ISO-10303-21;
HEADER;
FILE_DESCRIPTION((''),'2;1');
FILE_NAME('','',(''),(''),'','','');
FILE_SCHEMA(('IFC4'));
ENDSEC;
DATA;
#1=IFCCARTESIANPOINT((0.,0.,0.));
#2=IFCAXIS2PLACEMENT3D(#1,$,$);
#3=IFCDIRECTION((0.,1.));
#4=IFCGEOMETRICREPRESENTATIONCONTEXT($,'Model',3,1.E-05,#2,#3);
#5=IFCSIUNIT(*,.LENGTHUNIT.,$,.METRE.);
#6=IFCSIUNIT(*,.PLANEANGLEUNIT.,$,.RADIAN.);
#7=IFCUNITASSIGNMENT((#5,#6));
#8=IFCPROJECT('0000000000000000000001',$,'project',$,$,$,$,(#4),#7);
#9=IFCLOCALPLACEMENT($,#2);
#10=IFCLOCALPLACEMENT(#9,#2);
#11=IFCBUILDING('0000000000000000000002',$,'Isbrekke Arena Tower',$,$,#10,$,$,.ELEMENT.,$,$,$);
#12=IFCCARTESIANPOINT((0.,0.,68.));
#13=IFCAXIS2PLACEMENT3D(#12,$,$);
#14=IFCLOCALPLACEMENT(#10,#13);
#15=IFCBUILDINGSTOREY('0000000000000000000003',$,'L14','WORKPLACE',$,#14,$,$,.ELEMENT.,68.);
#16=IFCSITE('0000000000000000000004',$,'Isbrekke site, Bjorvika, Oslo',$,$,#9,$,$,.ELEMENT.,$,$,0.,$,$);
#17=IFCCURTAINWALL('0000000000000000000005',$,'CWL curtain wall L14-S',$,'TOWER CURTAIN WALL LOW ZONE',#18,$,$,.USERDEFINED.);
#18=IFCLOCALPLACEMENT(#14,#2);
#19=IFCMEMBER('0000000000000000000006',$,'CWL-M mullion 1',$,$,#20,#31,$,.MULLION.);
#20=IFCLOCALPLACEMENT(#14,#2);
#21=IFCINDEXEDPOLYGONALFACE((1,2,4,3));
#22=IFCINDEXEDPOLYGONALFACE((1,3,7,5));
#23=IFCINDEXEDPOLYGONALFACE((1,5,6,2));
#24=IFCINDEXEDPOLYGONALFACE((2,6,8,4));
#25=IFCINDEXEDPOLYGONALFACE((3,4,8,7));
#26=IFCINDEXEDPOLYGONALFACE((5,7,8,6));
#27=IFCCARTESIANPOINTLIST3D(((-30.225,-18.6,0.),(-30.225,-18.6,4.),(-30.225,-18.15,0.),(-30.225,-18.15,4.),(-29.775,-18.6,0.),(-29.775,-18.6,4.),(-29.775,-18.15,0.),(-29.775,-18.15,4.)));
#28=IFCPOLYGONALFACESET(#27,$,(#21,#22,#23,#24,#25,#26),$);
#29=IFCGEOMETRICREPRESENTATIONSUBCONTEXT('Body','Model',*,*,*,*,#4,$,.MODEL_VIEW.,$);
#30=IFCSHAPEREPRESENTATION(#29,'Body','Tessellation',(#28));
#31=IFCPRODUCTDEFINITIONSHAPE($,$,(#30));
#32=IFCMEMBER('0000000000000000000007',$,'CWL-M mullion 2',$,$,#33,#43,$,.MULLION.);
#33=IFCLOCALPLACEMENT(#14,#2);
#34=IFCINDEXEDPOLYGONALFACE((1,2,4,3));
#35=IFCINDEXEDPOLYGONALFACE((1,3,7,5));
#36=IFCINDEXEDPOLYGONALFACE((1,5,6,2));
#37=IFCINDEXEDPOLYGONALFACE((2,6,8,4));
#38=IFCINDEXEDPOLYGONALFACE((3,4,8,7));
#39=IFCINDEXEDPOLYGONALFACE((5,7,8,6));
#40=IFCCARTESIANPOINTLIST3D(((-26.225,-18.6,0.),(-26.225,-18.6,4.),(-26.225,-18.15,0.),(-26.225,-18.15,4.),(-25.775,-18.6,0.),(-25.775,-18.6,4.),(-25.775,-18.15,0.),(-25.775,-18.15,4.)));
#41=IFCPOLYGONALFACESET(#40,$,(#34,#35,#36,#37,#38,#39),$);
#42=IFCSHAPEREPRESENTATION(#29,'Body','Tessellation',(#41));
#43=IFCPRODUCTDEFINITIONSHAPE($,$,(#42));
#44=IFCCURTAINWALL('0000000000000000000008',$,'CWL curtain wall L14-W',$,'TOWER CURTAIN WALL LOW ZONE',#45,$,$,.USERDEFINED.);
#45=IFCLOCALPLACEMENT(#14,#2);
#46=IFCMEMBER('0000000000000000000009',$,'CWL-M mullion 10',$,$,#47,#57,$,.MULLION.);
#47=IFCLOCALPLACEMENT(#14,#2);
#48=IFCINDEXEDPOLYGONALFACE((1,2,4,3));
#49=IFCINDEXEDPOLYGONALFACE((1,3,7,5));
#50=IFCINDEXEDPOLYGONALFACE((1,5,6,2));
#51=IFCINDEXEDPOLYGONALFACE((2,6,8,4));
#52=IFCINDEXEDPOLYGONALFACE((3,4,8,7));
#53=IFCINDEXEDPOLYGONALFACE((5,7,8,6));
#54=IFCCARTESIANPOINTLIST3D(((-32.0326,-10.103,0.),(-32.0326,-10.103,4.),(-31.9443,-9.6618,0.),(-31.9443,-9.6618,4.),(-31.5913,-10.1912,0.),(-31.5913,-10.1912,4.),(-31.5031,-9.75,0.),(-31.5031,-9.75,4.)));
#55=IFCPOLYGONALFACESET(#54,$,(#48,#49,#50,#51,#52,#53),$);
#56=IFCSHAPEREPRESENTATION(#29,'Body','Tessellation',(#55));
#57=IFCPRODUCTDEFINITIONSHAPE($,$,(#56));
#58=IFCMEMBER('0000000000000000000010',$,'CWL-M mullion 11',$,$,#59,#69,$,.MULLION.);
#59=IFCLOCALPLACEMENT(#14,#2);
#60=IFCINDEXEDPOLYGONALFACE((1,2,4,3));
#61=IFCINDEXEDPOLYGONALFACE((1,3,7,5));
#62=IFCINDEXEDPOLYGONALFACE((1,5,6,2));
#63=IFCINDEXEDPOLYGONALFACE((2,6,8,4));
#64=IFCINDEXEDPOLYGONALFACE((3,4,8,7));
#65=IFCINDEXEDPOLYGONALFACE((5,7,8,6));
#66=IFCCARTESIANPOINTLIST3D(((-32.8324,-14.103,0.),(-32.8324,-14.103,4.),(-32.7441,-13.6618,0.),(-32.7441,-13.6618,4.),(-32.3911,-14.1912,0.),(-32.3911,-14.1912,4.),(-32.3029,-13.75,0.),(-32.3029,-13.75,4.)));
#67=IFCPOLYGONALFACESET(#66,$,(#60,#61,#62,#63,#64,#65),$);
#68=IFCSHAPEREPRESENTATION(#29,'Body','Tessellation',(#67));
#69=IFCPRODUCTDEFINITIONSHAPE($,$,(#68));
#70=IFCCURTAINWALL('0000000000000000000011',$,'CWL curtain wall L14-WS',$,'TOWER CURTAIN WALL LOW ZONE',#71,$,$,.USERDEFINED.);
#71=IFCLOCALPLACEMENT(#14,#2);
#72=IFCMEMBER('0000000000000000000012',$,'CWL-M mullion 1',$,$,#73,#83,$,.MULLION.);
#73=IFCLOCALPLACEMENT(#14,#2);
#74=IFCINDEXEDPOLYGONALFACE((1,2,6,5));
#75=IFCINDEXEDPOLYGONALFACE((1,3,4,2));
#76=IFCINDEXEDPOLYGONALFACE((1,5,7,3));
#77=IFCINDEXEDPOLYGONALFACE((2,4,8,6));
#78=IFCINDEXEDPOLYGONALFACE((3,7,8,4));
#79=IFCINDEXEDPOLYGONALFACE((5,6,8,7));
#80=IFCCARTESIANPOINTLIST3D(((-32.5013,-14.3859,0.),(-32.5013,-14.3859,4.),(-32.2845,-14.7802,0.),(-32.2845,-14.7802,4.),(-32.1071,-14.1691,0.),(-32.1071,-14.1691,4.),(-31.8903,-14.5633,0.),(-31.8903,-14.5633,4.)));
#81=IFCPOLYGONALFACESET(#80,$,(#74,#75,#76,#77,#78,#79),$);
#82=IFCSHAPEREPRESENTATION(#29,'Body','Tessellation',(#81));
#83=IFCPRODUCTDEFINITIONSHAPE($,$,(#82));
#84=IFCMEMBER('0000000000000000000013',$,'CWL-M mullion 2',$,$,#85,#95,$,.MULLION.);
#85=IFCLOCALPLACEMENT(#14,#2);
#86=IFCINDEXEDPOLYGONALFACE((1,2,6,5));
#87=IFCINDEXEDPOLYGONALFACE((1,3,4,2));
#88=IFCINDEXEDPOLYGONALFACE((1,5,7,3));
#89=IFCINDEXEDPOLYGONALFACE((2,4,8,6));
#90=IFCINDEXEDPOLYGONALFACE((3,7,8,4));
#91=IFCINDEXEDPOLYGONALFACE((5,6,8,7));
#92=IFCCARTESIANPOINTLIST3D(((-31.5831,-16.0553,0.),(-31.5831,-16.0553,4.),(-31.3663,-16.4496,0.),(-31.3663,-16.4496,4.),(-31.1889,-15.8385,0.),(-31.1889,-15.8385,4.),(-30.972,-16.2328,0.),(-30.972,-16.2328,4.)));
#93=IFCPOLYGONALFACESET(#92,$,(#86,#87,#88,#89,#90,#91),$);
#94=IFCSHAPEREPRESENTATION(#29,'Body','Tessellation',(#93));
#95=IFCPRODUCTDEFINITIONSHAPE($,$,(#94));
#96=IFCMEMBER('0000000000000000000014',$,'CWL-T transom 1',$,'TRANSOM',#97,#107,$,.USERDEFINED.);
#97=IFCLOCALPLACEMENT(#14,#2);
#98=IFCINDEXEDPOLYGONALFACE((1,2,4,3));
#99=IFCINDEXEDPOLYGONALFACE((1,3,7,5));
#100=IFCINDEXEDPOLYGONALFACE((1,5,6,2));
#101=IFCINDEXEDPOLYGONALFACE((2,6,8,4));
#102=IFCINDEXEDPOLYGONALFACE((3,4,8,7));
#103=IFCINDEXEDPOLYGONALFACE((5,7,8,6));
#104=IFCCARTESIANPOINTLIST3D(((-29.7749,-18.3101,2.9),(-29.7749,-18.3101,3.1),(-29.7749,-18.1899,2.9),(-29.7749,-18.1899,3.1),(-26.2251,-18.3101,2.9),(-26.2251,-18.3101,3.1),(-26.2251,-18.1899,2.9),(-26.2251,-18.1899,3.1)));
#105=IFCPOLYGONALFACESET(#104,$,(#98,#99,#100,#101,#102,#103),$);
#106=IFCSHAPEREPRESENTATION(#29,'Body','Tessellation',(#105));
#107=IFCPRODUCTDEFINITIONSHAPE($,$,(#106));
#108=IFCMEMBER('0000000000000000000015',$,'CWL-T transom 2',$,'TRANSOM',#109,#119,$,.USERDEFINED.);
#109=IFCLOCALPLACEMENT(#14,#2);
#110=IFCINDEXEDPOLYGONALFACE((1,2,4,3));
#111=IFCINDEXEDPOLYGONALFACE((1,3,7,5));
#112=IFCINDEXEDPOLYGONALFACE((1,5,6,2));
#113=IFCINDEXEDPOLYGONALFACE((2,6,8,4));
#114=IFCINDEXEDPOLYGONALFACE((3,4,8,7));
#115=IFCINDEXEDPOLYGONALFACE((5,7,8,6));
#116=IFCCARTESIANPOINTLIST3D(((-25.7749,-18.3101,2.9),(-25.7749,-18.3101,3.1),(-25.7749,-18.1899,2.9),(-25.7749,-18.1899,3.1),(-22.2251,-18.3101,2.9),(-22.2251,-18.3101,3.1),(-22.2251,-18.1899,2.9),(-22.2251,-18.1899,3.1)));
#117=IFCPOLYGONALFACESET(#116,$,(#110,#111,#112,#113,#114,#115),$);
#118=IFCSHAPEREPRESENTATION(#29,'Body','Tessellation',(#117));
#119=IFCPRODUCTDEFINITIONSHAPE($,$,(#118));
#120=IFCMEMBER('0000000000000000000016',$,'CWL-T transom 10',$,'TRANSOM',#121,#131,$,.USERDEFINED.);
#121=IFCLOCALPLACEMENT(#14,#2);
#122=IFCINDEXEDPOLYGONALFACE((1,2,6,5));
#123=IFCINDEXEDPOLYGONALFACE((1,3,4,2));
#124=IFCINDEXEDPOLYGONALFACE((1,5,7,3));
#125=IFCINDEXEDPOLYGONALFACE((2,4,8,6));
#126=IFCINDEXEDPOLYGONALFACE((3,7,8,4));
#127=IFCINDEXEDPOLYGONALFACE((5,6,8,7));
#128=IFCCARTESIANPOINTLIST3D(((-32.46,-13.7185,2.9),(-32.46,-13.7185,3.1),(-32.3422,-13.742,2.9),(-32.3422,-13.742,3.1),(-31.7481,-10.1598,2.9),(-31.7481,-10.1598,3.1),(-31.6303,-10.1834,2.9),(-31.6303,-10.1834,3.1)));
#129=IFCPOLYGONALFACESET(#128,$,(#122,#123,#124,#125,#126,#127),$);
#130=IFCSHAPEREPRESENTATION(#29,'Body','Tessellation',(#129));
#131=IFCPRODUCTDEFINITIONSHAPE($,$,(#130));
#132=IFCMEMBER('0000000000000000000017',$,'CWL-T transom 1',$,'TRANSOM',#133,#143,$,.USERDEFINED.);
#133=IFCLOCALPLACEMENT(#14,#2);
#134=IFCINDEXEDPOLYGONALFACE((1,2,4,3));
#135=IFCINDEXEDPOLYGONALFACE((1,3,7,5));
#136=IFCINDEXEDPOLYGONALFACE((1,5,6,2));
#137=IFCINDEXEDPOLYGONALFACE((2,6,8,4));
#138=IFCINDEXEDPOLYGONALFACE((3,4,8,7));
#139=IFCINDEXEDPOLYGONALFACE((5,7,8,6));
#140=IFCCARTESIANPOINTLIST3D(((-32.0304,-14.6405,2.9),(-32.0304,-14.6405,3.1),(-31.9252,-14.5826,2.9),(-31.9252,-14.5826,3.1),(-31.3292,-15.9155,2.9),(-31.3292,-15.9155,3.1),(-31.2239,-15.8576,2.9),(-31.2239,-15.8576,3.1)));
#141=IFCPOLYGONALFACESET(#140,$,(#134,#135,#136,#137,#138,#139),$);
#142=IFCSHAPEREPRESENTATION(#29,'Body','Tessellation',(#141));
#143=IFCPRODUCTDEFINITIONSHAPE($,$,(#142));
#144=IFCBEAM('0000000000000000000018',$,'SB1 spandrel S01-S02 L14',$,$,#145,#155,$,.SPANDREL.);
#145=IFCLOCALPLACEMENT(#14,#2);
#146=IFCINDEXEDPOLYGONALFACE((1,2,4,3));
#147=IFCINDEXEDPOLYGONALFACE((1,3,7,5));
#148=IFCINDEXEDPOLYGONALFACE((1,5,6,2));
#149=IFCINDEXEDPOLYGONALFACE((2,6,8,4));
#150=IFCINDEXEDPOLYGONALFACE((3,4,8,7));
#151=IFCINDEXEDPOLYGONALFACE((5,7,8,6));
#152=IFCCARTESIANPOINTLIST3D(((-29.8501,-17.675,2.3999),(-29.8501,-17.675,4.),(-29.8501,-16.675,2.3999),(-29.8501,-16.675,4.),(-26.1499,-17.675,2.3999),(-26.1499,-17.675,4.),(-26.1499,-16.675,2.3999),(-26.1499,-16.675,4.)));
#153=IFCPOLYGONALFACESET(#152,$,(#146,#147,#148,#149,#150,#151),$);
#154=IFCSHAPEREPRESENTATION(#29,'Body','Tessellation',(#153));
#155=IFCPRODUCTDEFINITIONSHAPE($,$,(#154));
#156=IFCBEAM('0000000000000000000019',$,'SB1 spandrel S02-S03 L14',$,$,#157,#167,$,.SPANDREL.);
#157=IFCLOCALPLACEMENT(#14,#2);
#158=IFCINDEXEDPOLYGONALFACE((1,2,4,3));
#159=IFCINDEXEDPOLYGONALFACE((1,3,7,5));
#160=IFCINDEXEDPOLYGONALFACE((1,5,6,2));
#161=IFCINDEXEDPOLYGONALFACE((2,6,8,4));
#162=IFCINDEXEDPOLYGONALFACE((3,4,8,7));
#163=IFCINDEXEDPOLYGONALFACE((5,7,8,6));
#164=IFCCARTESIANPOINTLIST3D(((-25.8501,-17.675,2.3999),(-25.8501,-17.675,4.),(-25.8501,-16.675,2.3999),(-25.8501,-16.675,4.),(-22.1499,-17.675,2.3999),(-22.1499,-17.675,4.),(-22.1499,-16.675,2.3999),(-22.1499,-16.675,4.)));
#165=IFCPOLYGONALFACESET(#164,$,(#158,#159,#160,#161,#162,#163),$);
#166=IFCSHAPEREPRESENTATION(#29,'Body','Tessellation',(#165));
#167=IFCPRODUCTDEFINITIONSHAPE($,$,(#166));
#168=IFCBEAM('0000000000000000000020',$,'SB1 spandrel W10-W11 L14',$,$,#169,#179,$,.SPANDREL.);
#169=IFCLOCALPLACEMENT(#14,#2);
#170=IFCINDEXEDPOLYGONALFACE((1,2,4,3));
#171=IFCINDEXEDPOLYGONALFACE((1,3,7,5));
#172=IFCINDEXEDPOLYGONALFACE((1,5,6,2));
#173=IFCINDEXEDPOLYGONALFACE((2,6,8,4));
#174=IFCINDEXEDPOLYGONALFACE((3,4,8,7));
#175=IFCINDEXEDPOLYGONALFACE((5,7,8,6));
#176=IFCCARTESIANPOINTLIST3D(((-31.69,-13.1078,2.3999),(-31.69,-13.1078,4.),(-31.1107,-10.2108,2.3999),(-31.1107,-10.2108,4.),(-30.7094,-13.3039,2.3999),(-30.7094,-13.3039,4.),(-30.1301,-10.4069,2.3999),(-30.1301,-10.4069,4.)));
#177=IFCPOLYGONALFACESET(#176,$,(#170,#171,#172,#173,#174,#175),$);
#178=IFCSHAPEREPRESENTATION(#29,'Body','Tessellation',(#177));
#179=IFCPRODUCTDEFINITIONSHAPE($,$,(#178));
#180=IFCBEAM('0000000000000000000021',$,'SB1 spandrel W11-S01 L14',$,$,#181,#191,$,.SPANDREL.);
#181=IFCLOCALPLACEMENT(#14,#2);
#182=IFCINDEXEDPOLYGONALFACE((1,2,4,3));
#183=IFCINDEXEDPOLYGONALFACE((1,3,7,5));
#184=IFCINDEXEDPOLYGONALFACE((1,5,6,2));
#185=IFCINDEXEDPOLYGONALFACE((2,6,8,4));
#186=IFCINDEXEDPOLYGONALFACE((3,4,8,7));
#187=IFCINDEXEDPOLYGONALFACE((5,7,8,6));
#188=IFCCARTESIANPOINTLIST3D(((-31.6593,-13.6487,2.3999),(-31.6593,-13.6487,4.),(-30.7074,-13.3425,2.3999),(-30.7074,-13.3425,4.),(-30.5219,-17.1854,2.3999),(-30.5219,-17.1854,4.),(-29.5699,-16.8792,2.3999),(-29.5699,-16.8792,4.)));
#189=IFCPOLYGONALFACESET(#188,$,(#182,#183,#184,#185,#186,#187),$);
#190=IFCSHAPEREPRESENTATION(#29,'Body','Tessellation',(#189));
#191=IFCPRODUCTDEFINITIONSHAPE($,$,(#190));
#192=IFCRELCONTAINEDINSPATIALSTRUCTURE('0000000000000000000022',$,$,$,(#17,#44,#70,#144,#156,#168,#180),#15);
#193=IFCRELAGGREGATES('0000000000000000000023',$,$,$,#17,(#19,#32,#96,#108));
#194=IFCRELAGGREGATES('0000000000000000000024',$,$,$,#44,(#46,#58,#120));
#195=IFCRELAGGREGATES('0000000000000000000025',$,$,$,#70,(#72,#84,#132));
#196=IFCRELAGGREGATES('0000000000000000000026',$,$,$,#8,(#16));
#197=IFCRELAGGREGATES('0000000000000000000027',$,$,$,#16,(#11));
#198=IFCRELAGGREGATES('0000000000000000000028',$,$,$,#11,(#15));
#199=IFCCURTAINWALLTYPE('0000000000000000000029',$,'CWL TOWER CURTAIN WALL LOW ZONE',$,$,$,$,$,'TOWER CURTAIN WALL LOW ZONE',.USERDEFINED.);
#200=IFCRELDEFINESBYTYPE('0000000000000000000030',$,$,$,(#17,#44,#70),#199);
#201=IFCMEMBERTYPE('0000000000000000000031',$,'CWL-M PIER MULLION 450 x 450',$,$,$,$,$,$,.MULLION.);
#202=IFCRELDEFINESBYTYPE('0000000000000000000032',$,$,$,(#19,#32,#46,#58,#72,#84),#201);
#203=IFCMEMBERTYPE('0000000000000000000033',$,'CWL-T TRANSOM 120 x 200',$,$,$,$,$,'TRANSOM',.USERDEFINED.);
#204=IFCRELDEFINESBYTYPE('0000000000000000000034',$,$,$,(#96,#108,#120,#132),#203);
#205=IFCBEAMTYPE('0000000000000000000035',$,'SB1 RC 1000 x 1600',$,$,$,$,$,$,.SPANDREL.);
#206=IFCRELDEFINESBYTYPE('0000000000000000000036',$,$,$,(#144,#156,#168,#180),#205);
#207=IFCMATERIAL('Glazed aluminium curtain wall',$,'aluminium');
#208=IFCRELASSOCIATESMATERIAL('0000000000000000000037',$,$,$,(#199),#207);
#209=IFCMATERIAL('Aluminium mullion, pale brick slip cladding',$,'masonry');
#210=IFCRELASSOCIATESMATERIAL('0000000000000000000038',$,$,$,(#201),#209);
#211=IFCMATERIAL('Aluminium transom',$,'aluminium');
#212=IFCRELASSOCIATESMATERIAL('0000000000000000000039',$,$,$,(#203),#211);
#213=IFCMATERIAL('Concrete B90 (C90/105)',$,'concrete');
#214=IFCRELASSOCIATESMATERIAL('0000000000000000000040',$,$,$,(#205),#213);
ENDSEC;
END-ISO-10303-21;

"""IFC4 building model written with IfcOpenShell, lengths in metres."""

from ifc_helpers import new_model, si_unit, direction, frame, origin, origin_2d, place, context, subcontext, project, spatial, rectangle, extrude, material, material_profile, profile_set, type_object, element, aggregate, save


model = new_model("IFC4")

# Units and contexts
model_context = context("Model", 3, precision=1e-05, world=origin(), true_north=direction((0.0, 1.0)))
body_context = subcontext(model_context, "Body", "Model", "MODEL_VIEW")
ifc_project = project(units=[si_unit("LENGTHUNIT", "METRE"), si_unit("PLANEANGLEUNIT", "RADIAN")], contexts=[model_context])

# Site, building, storey
site_placement = place(None, origin())
site = spatial("IfcSite", under=ifc_project, at=site_placement, Name="Isbrekke site, Bjorvika, Oslo", CompositionType="ELEMENT", RefElevation=0.0)
building_placement = place(site_placement, origin())
building = spatial("IfcBuilding", under=site, at=building_placement, Name="Isbrekke Arena Tower", CompositionType="ELEMENT")
storey_placement = place(building_placement, frame((0.0, 0.0, 68.0)))
storey = spatial("IfcBuildingStorey", under=building, at=storey_placement, Name="L14", Description="WORKPLACE", CompositionType="ELEMENT", Elevation=68.0)

# Curtain walls, members
ifc_material_1 = material(Name="Glazed aluminium curtain wall", Category="aluminium")
curtain_wall_type = type_object("IfcCurtainWallType", Name="CWL TOWER CURTAIN WALL LOW ZONE", ElementType="TOWER CURTAIN WALL LOW ZONE", PredefinedType="USERDEFINED", material=ifc_material_1)
curtain_wall_1_placement = place(storey_placement, origin())
curtain_wall_1 = element("IfcCurtainWall", 1, at=curtain_wall_1_placement, inside=storey, type_object=curtain_wall_type, Name="CWL curtain wall L14-S", ObjectType="TOWER CURTAIN WALL LOW ZONE", PredefinedType="USERDEFINED")
ifc_material_2 = material(Name="Aluminium mullion, pale brick slip cladding", Category="masonry")
ifc_material_profile_1 = material_profile(ifc_material_2, rectangle(XDim=0.45, YDim=0.45, at=origin_2d()), Name="PIER 450X450")
ifc_profile_set_1 = profile_set([ifc_material_profile_1], Name="Aluminium mullion, pale brick slip cladding")
member_type_1 = type_object("IfcMemberType", Name="CWL-M PIER MULLION 450 x 450", PredefinedType="MULLION", material=ifc_profile_set_1)
member_1_placement = place(storey_placement, frame((-30.0, -18.375, 0.0), z_axis=(0.0, 0.0, 1.0), x_axis=(1.0, 0.0, 0.0)))
member_1 = element("IfcMember", 2, at=member_1_placement, type_object=member_type_1, Name="CWL-M mullion 1", PredefinedType="MULLION", context=body_context, shape_type="SweptSolid", body=[
    extrude(rectangle(XDim=0.45, YDim=0.45, at=origin_2d()), origin(), (0.0, 0.0, 1.0), 4.0),
])
member_2_placement = place(storey_placement, frame((-26.0, -18.375, 0.0), z_axis=(0.0, 0.0, 1.0), x_axis=(1.0, 0.0, 0.0)))
member_2 = element("IfcMember", 3, at=member_2_placement, type_object=member_type_1, Name="CWL-M mullion 2", PredefinedType="MULLION", context=body_context, shape_type="SweptSolid", body=[
    extrude(rectangle(XDim=0.45, YDim=0.45, at=origin_2d()), origin(), (0.0, 0.0, 1.0), 4.0),
])
curtain_wall_2_placement = place(storey_placement, origin())
curtain_wall_2 = element("IfcCurtainWall", 4, at=curtain_wall_2_placement, inside=storey, type_object=curtain_wall_type, Name="CWL curtain wall L14-W", ObjectType="TOWER CURTAIN WALL LOW ZONE", PredefinedType="USERDEFINED")
member_3_placement = place(storey_placement, frame((-31.7678, -9.9265, 0.0), z_axis=(0.0, 0.0, 1.0), x_axis=(-0.196116, -0.980581, 0.0)))
member_3 = element("IfcMember", 5, at=member_3_placement, type_object=member_type_1, Name="CWL-M mullion 10", PredefinedType="MULLION", context=body_context, shape_type="SweptSolid", body=[
    extrude(rectangle(XDim=0.45, YDim=0.45, at=origin_2d()), origin(), (0.0, 0.0, 1.0), 4.0),
])
member_4_placement = place(storey_placement, frame((-32.5676, -13.9265, 0.0), z_axis=(0.0, 0.0, 1.0), x_axis=(-0.196116, -0.980581, 0.0)))
member_4 = element("IfcMember", 6, at=member_4_placement, type_object=member_type_1, Name="CWL-M mullion 11", PredefinedType="MULLION", context=body_context, shape_type="SweptSolid", body=[
    extrude(rectangle(XDim=0.45, YDim=0.45, at=origin_2d()), origin(), (0.0, 0.0, 1.0), 4.0),
])
curtain_wall_3_placement = place(storey_placement, origin())
curtain_wall_3 = element("IfcCurtainWall", 7, at=curtain_wall_3_placement, inside=storey, type_object=curtain_wall_type, Name="CWL curtain wall L14-WS", ObjectType="TOWER CURTAIN WALL LOW ZONE", PredefinedType="USERDEFINED")
member_5_placement = place(storey_placement, frame((-32.1958, -14.4746, 0.0), z_axis=(0.0, 0.0, 1.0), x_axis=(0.481919, -0.876216, 0.0)))
member_5 = element("IfcMember", 8, at=member_5_placement, type_object=member_type_1, Name="CWL-M mullion 1", PredefinedType="MULLION", context=body_context, shape_type="SweptSolid", body=[
    extrude(rectangle(XDim=0.45, YDim=0.45, at=origin_2d()), origin(), (0.0, 0.0, 1.0), 4.0),
])
member_6_placement = place(storey_placement, frame((-31.2776, -16.144, 0.0), z_axis=(0.0, 0.0, 1.0), x_axis=(0.481919, -0.876216, 0.0)))
member_6 = element("IfcMember", 9, at=member_6_placement, type_object=member_type_1, Name="CWL-M mullion 2", PredefinedType="MULLION", context=body_context, shape_type="SweptSolid", body=[
    extrude(rectangle(XDim=0.45, YDim=0.45, at=origin_2d()), origin(), (0.0, 0.0, 1.0), 4.0),
])

# Members
ifc_material_3 = material(Name="Aluminium transom", Category="aluminium")
ifc_material_profile_2 = material_profile(ifc_material_3, rectangle(XDim=0.1201, YDim=0.2, at=origin_2d()), Name="TRANSOM 120X200")
ifc_profile_set_2 = profile_set([ifc_material_profile_2], Name="Aluminium transom")
member_type_2 = type_object("IfcMemberType", Name="CWL-T TRANSOM 120 x 200", ElementType="TRANSOM", PredefinedType="USERDEFINED", material=ifc_profile_set_2)
member_7_placement = place(storey_placement, frame((-29.7749, -18.25, 3.0), z_axis=(1.0, 0.0, 0.0), x_axis=(0.0, 1.0, 0.0)))
member_7 = element("IfcMember", 10, at=member_7_placement, type_object=member_type_2, Name="CWL-T transom 1", ObjectType="TRANSOM", PredefinedType="USERDEFINED", context=body_context, shape_type="SweptSolid", body=[
    extrude(rectangle(XDim=0.1201, YDim=0.2, at=origin_2d()), origin(), (0.0, 0.0, 1.0), 3.5498),
])
member_8_placement = place(storey_placement, frame((-25.7749, -18.25, 3.0), z_axis=(1.0, 0.0, 0.0), x_axis=(0.0, 1.0, 0.0)))
member_8 = element("IfcMember", 11, at=member_8_placement, type_object=member_type_2, Name="CWL-T transom 2", ObjectType="TRANSOM", PredefinedType="USERDEFINED", context=body_context, shape_type="SweptSolid", body=[
    extrude(rectangle(XDim=0.1201, YDim=0.2, at=origin_2d()), origin(), (0.0, 0.0, 1.0), 3.5498),
])
member_9_placement = place(storey_placement, frame((-31.6892, -10.1716, 3.0), z_axis=(-0.196168, -0.98057, 0.0), x_axis=(0.98057, -0.196168, 0.0)))
member_9 = element("IfcMember", 12, at=member_9_placement, type_object=member_type_2, Name="CWL-T transom 10", ObjectType="TRANSOM", PredefinedType="USERDEFINED", context=body_context, shape_type="SweptSolid", body=[
    extrude(rectangle(XDim=0.1201, YDim=0.2, at=origin_2d()), origin(), (0.0, 0.0, 1.0), 3.6292),
])
member_10_placement = place(storey_placement, frame((-31.9778, -14.6116, 3.0), z_axis=(0.481906, -0.876223, 0.0), x_axis=(0.876223, 0.481906, 0.0)))
member_10 = element("IfcMember", 13, at=member_10_placement, type_object=member_type_2, Name="CWL-T transom 1", ObjectType="TRANSOM", PredefinedType="USERDEFINED", context=body_context, shape_type="SweptSolid", body=[
    extrude(rectangle(XDim=0.1201, YDim=0.2, at=origin_2d()), origin(), (0.0, 0.0, 1.0), 1.4551),
])

# Beams
ifc_material_4 = material(Name="Concrete B90 (C90/105)", Category="concrete")
ifc_material_profile_3 = material_profile(ifc_material_4, rectangle(XDim=1.0, YDim=1.6001, at=origin_2d()), Name="RC 1000x1600")
ifc_profile_set_3 = profile_set([ifc_material_profile_3], Name="Concrete B90 (C90/105)")
beam_type_1 = type_object("IfcBeamType", Name="SB1 RC 1000 x 1600", PredefinedType="SPANDREL", material=ifc_profile_set_3)
for number, where, z_axis, x_axis, name in (
    (14, (-29.8501, -17.175, 3.2), (1.0, 0.0, 0.0), (0.0, 1.0, 0.0), "SB1 spandrel S01-S02 L14"),
    (15, (-25.8501, -17.175, 3.2), (1.0, 0.0, 0.0), (0.0, 1.0, 0.0), "SB1 spandrel S02-S03 L14"),
):
    element("IfcBeam", number, at=place(storey_placement, frame(where, z_axis=z_axis, x_axis=x_axis)), inside=storey, type_object=beam_type_1, Name=name, PredefinedType="SPANDREL", context=body_context, shape_type="SweptSolid", body=[
        extrude(rectangle(XDim=1.0, YDim=1.6001, at=origin_2d()), origin(), (0.0, 0.0, 1.0), 3.7002),
    ])
beam_1_placement = place(storey_placement, frame((-30.6204, -10.3088, 3.2), z_axis=(-0.1961, -0.980584, 0.0), x_axis=(0.980584, -0.1961, 0.0)))
element("IfcBeam", 16, at=beam_1_placement, inside=storey, type_object=beam_type_1, Name="SB1 spandrel W10-W11 L14", PredefinedType="SPANDREL", context=body_context, shape_type="SweptSolid", body=[
    extrude(rectangle(XDim=1.0, YDim=1.6001, at=origin_2d()), origin(), (0.0, 0.0, 1.0), 2.9543),
])
beam_2_placement = place(storey_placement, frame((-31.1833, -13.4956, 3.2), z_axis=(0.306175, -0.951975, 0.0), x_axis=(0.951975, 0.306175, 0.0)))
element("IfcBeam", 17, at=beam_2_placement, inside=storey, type_object=beam_type_1, Name="SB1 spandrel W11-S01 L14", PredefinedType="SPANDREL", context=body_context, shape_type="SweptSolid", body=[
    extrude(rectangle(XDim=1.0, YDim=1.6001, at=origin_2d()), origin(), (0.0, 0.0, 1.0), 3.7151),
])

aggregate(curtain_wall_1, [member_1, member_2, member_7, member_8])
aggregate(curtain_wall_2, [member_3, member_4, member_9])
aggregate(curtain_wall_3, [member_5, member_6, member_10])

save(model, "model.ifc")
